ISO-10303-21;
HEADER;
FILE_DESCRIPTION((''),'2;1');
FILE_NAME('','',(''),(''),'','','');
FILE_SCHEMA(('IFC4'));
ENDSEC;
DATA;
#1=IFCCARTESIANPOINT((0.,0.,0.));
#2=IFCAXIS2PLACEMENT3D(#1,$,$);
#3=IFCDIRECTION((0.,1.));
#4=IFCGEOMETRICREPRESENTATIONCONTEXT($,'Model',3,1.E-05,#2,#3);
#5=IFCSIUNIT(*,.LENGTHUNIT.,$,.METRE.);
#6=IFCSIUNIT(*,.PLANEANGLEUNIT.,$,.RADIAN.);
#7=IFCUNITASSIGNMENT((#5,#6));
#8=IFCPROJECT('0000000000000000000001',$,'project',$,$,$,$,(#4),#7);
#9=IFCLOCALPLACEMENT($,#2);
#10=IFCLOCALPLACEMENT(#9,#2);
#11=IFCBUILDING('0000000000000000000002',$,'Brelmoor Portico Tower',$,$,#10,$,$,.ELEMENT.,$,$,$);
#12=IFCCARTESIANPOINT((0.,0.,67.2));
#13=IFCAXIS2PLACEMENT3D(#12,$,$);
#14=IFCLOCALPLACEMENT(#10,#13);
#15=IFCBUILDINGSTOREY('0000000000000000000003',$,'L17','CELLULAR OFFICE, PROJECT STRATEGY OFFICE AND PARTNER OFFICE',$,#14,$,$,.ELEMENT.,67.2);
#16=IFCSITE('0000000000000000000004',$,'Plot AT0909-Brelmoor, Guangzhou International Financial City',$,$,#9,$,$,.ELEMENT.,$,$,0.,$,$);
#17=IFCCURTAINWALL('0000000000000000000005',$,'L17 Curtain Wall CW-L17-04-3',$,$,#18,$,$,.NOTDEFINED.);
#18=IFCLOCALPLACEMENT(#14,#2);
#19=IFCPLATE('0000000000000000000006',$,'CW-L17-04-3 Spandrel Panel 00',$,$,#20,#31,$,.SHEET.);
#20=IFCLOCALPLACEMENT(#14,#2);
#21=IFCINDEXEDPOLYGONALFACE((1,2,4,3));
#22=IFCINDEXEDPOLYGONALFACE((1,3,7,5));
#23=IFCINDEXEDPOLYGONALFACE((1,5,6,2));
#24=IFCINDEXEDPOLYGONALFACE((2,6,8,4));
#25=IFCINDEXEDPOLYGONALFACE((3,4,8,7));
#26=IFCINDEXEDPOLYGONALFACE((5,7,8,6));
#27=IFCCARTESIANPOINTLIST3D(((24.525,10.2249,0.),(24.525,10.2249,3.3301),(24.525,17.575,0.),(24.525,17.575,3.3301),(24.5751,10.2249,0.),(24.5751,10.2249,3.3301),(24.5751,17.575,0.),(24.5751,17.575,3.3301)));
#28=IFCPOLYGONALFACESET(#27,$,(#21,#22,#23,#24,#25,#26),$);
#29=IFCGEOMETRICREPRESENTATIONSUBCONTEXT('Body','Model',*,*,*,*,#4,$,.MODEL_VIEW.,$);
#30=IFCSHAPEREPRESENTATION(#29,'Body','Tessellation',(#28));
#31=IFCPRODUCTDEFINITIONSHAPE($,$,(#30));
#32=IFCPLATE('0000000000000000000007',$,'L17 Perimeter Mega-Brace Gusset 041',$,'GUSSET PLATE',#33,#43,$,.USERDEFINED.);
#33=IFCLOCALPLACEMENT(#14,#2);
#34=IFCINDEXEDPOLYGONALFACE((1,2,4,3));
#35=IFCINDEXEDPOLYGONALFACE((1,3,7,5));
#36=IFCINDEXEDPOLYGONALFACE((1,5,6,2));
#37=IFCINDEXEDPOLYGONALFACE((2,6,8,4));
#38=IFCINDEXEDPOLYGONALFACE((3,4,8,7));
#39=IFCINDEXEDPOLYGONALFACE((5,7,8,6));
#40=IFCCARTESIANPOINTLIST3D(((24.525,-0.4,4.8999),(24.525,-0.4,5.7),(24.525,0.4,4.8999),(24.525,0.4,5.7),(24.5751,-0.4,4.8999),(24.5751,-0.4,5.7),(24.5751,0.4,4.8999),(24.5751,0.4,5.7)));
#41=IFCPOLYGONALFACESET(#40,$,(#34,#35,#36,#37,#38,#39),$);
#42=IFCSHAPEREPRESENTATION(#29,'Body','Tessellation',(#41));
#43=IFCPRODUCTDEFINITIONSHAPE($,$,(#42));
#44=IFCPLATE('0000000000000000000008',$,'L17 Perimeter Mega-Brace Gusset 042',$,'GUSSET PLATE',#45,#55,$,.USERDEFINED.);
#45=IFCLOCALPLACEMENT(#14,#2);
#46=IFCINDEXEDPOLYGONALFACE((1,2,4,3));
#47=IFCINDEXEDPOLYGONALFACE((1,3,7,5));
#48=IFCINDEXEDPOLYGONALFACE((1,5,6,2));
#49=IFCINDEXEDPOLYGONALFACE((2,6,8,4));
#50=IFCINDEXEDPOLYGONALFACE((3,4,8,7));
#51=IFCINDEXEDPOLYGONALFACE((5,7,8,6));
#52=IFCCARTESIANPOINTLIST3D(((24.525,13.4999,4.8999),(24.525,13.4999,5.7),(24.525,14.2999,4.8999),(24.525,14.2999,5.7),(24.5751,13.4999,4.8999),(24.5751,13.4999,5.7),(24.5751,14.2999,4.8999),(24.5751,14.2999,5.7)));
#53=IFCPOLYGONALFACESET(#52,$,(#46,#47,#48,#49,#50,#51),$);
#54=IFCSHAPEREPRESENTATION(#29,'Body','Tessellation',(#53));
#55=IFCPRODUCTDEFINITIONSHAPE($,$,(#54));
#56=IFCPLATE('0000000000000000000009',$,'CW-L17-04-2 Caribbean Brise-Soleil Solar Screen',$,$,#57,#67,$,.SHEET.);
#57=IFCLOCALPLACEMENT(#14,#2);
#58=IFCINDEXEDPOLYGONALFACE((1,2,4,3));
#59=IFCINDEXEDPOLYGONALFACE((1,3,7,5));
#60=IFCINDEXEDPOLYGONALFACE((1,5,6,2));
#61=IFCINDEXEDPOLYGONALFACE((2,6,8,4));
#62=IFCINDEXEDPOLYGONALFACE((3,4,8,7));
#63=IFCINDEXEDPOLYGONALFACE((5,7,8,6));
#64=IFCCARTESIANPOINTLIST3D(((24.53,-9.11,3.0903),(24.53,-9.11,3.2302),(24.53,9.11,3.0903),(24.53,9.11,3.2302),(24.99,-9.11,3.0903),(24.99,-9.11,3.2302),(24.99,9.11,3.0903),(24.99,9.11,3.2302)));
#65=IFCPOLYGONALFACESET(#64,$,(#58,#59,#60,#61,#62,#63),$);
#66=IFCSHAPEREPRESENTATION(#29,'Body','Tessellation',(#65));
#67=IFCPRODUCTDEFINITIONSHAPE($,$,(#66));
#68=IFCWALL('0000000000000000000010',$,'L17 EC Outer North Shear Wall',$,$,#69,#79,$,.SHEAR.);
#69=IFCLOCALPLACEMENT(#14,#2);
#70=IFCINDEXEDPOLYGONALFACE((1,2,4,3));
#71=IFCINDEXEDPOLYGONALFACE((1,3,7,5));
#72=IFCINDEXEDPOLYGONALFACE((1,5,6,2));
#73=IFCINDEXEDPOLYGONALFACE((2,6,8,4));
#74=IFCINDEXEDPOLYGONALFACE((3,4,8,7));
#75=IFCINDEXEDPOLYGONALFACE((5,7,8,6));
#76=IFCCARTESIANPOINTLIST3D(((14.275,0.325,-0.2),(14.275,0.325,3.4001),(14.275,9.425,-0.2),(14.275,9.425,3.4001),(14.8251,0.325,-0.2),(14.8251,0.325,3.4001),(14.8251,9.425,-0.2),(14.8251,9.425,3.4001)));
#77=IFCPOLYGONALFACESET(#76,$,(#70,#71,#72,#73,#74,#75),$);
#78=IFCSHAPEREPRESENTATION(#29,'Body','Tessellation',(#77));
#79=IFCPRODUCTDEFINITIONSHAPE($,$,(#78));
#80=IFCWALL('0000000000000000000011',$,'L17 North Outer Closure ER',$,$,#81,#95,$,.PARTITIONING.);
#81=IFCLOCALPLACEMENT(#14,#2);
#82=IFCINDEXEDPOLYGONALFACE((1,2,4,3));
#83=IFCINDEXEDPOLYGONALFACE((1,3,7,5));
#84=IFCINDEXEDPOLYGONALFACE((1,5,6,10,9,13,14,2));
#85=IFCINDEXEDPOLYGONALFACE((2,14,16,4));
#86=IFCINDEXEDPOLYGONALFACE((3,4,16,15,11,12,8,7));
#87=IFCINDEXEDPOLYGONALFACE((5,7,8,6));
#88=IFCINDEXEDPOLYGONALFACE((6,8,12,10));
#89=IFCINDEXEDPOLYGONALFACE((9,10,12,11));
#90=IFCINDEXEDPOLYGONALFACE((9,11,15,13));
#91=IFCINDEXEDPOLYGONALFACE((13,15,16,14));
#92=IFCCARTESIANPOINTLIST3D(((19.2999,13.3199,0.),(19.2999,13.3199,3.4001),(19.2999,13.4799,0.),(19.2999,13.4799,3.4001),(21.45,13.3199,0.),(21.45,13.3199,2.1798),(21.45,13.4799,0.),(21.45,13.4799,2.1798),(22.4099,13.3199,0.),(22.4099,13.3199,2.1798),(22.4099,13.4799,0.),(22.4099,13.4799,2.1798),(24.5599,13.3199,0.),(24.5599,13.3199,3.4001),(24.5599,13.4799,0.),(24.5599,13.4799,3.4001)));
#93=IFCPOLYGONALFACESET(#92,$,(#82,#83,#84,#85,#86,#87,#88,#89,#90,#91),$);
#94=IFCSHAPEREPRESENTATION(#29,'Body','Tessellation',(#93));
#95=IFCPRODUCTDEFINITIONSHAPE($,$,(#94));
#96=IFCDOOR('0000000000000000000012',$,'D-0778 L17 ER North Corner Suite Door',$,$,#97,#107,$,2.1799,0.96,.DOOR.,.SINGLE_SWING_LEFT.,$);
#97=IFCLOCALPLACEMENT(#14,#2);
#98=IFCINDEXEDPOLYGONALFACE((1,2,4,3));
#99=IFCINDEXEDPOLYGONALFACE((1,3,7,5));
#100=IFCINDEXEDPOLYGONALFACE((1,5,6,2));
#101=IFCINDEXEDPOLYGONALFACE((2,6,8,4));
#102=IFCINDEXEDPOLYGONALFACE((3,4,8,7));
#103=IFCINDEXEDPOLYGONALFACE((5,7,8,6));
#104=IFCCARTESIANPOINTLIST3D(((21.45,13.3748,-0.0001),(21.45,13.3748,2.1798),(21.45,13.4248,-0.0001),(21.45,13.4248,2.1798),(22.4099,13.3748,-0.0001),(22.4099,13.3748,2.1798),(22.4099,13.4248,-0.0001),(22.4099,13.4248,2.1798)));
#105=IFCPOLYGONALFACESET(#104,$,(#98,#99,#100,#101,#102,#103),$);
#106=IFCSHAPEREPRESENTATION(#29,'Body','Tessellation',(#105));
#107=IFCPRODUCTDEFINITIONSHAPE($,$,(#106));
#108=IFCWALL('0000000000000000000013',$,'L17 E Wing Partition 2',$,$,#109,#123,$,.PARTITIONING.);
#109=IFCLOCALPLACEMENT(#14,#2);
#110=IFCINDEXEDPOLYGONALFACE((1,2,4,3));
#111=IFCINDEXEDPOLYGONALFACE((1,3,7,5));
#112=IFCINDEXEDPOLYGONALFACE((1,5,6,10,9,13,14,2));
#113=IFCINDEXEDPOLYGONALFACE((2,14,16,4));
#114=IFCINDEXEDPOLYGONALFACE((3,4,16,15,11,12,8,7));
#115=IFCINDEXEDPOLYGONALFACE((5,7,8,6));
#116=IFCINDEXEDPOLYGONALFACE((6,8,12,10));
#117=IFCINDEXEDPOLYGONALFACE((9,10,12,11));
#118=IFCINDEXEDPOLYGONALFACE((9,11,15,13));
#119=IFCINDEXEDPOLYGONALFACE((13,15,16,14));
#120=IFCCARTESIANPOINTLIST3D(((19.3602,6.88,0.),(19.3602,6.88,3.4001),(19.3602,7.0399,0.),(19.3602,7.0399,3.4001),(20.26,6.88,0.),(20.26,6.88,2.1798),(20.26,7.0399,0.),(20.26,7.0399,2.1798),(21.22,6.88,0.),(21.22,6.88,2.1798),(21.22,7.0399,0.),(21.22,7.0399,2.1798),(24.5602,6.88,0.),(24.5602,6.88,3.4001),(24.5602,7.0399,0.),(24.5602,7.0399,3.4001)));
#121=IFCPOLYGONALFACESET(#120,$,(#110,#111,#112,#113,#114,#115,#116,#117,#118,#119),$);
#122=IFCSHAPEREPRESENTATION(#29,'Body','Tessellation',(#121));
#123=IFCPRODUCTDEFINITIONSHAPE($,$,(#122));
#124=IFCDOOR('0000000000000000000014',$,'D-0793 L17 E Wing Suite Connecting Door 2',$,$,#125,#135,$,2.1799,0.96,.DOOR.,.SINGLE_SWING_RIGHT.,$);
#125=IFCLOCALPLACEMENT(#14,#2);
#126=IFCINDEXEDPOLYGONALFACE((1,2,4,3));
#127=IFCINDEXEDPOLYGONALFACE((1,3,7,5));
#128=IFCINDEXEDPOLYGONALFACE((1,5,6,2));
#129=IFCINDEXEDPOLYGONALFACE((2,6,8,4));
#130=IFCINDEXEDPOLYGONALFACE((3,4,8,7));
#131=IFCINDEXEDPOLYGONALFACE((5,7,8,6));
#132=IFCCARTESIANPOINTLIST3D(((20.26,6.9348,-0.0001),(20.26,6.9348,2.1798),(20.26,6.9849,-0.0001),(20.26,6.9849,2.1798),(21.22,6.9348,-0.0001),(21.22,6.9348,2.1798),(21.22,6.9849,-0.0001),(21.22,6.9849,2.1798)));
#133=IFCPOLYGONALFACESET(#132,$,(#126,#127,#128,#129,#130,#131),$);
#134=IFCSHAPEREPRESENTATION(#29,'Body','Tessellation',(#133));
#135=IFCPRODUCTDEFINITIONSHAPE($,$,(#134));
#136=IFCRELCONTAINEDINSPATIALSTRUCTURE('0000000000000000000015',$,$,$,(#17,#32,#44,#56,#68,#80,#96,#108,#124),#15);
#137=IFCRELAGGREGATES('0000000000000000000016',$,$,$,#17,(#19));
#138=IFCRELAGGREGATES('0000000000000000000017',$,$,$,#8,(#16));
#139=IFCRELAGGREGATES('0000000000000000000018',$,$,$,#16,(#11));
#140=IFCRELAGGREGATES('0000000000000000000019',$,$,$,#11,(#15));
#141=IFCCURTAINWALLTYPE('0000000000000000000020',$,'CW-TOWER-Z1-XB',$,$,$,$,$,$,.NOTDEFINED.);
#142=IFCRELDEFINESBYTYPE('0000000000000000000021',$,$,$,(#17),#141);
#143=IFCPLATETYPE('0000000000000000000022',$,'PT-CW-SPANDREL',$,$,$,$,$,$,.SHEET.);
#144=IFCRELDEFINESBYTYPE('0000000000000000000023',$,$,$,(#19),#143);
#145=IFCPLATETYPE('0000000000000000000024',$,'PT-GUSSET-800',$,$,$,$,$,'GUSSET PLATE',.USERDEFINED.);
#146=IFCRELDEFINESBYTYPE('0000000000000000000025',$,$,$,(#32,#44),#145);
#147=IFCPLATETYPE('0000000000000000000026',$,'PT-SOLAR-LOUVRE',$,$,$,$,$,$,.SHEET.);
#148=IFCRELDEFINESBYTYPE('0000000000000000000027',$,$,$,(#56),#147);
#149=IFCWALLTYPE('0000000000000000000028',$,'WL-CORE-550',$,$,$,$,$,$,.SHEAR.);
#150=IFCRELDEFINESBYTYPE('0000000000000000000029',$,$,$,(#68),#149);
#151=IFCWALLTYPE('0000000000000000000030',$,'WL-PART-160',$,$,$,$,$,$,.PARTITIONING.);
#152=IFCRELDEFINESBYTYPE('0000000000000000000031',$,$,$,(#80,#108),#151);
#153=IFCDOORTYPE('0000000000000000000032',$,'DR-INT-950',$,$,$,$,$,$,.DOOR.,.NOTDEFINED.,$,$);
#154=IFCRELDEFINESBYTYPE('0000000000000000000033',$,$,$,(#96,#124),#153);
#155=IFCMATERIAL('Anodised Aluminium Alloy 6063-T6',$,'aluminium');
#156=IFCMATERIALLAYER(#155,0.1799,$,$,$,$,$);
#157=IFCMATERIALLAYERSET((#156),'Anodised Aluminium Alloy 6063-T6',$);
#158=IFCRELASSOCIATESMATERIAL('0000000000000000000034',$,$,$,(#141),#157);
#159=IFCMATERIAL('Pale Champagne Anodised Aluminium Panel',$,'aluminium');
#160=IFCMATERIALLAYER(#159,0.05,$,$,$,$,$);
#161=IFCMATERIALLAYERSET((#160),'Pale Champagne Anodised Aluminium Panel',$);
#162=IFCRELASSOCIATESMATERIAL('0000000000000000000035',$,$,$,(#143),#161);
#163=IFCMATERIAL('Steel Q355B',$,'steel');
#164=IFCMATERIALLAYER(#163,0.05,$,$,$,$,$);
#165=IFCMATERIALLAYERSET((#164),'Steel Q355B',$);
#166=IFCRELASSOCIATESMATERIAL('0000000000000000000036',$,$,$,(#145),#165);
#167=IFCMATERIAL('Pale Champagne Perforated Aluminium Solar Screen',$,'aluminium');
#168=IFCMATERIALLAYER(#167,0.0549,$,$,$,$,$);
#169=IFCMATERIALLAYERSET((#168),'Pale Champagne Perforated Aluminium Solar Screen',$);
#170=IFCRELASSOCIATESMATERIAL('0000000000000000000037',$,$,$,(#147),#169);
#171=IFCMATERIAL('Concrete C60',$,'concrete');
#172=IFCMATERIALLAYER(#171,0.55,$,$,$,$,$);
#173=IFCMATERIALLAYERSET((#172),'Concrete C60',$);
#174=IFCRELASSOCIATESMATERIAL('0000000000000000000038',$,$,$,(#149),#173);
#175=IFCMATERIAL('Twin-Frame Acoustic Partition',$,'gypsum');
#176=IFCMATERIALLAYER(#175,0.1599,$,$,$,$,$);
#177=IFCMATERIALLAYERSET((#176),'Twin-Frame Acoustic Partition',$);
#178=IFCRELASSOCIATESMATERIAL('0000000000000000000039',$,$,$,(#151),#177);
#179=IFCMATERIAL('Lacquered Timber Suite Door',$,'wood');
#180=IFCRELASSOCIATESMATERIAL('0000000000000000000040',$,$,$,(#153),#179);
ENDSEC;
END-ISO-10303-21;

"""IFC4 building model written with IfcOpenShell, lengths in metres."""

from ifc_helpers import new_model, si_unit, direction, frame, frame_2d, origin, origin_2d, place, context, subcontext, project, spatial, rectangle, extrude, material, layer, layer_set, type_object, element, fill, aggregate, save


model = new_model("IFC4")

# Units and contexts
model_context = context("Model", 3, precision=1e-05, world=origin(), true_north=direction((0.0, 1.0)))
body_context = subcontext(model_context, "Body", "Model", "MODEL_VIEW")
ifc_project = project(units=[si_unit("LENGTHUNIT", "METRE"), si_unit("PLANEANGLEUNIT", "RADIAN")], contexts=[model_context])

# Site, building, storey
site_placement = place(None, origin())
site = spatial("IfcSite", under=ifc_project, at=site_placement, Name="Plot AT0909-Brelmoor, Guangzhou International Financial City", CompositionType="ELEMENT", RefElevation=0.0)
building_placement = place(site_placement, origin())
building = spatial("IfcBuilding", under=site, at=building_placement, Name="Brelmoor Portico Tower", CompositionType="ELEMENT")
storey_placement = place(building_placement, frame((0.0, 0.0, 67.2)))
storey = spatial("IfcBuildingStorey", under=building, at=storey_placement, Name="L17", Description="CELLULAR OFFICE, PROJECT STRATEGY OFFICE AND PARTNER OFFICE", CompositionType="ELEMENT", Elevation=67.2)

# Shared definitions
ifc_material_1 = material(Name="Steel Q355B", Category="steel")

# Shared definitions
ifc_material_2 = material(Name="Anodised Aluminium Alloy 6063-T6", Category="aluminium")
ifc_layer_1 = layer(ifc_material_2, 0.1799)
ifc_layer_set_1 = layer_set([ifc_layer_1], Name="Anodised Aluminium Alloy 6063-T6")
curtain_wall_type = type_object("IfcCurtainWallType", Name="CW-TOWER-Z1-XB", PredefinedType="NOTDEFINED", material=ifc_layer_set_1)

# Curtain wall
curtain_wall_1_placement = place(storey_placement, origin())
curtain_wall_1 = element("IfcCurtainWall", 1, at=curtain_wall_1_placement, inside=storey, type_object=curtain_wall_type, Name="L17 Curtain Wall CW-L17-04-3", PredefinedType="NOTDEFINED")

# Plate
ifc_material_3 = material(Name="Pale Champagne Anodised Aluminium Panel", Category="aluminium")
ifc_layer_2 = layer(ifc_material_3, 0.05)
ifc_layer_set_2 = layer_set([ifc_layer_2], Name="Pale Champagne Anodised Aluminium Panel")
plate_type_1 = type_object("IfcPlateType", Name="PT-CW-SPANDREL", PredefinedType="SHEET", material=ifc_layer_set_2)
plate_1_placement = place(storey_placement, frame((24.55, 13.8999, 0.0), z_axis=(0.0, 0.0, 1.0), x_axis=(0.0, 1.0, 0.0)))
plate_1 = element("IfcPlate", 2, at=plate_1_placement, type_object=plate_type_1, Name="CW-L17-04-3 Spandrel Panel 00", PredefinedType="SHEET", context=body_context, shape_type="SweptSolid", body=[
    extrude(rectangle(XDim=7.3501, YDim=0.05, at=origin_2d()), origin(), (0.0, 0.0, 1.0), 3.3301),
])
aggregate(curtain_wall_1, [plate_1])

# Plates
ifc_layer_3 = layer(ifc_material_1, 0.05)
ifc_layer_set_3 = layer_set([ifc_layer_3], Name="Steel Q355B")
plate_type_2 = type_object("IfcPlateType", Name="PT-GUSSET-800", ElementType="GUSSET PLATE", PredefinedType="USERDEFINED", material=ifc_layer_set_3)
for number, where, z_axis, x_axis, name in (
    (3, (24.55, 0.0, 4.8999), (0.0, 0.0, 1.0), (1.0, 0.0, 0.0), "L17 Perimeter Mega-Brace Gusset 041"),
    (4, (24.55, 13.8999, 4.8999), (0.0, 0.0, 1.0), (1.0, 0.0, 0.0), "L17 Perimeter Mega-Brace Gusset 042"),
):
    element("IfcPlate", number, at=place(storey_placement, frame(where, z_axis=z_axis, x_axis=x_axis)), inside=storey, type_object=plate_type_2, Name=name, ObjectType="GUSSET PLATE", PredefinedType="USERDEFINED", context=body_context, shape_type="SweptSolid", body=[
        extrude(rectangle(XDim=0.05, YDim=0.8, at=origin_2d()), origin(), (0.0, 0.0, 1.0), 0.8),
    ])
ifc_material_4 = material(Name="Pale Champagne Perforated Aluminium Solar Screen", Category="aluminium")
ifc_layer_4 = layer(ifc_material_4, 0.0549)
ifc_layer_set_4 = layer_set([ifc_layer_4], Name="Pale Champagne Perforated Aluminium Solar Screen")
plate_type_3 = type_object("IfcPlateType", Name="PT-SOLAR-LOUVRE", PredefinedType="SHEET", material=ifc_layer_set_4)
plate_2_placement = place(storey_placement, frame((24.76, 0.0, 3.0903), z_axis=(0.0, 0.0, 1.0), x_axis=(0.0, 1.0, 0.0)))
element("IfcPlate", 5, at=plate_2_placement, inside=storey, type_object=plate_type_3, Name="CW-L17-04-2 Caribbean Brise-Soleil Solar Screen", PredefinedType="SHEET", context=body_context, shape_type="SweptSolid", body=[
    extrude(rectangle(XDim=18.22, YDim=0.46, at=origin_2d()), origin(), (0.0, 0.0, 1.0), 0.1399),
])

# Wall
ifc_material_5 = material(Name="Concrete C60", Category="concrete")
ifc_layer_5 = layer(ifc_material_5, 0.55)
ifc_layer_set_5 = layer_set([ifc_layer_5], Name="Concrete C60")
wall_type_1 = type_object("IfcWallType", Name="WL-CORE-550", PredefinedType="SHEAR", material=ifc_layer_set_5)
wall_1_placement = place(storey_placement, frame((14.55, 0.325, -0.2), z_axis=(0.0, 0.0, 1.0), x_axis=(0.0, 1.0, 0.0)))
element("IfcWall", 6, at=wall_1_placement, inside=storey, type_object=wall_type_1, Name="L17 EC Outer North Shear Wall", PredefinedType="SHEAR", context=body_context, shape_type="SweptSolid", body=[
    extrude(rectangle(XDim=9.1001, YDim=0.55, at=frame_2d((4.55, 0.0))), origin(), (0.0, 0.0, 1.0), 3.6001),
])

# Walls, openings, doors
ifc_material_6 = material(Name="Twin-Frame Acoustic Partition", Category="gypsum")
ifc_layer_6 = layer(ifc_material_6, 0.1599)
ifc_layer_set_6 = layer_set([ifc_layer_6], Name="Twin-Frame Acoustic Partition")
wall_type_2 = type_object("IfcWallType", Name="WL-PART-160", PredefinedType="PARTITIONING", material=ifc_layer_set_6)
wall_2_placement = place(storey_placement, frame((19.3, 13.3999, 0.0), z_axis=(0.0, 0.0, 1.0), x_axis=(1.0, 0.0, 0.0)))
wall_2 = element("IfcWall", 7, at=wall_2_placement, inside=storey, type_object=wall_type_2, Name="L17 North Outer Closure ER", PredefinedType="PARTITIONING", context=body_context, shape_type="SweptSolid", body=[
    extrude(rectangle(XDim=5.26, YDim=0.1599, at=frame_2d((2.6299, 0.0))), origin(), (0.0, 0.0, 1.0), 3.4001),
])
opening_1_placement = place(wall_2_placement, frame((2.1499, 0.0, 0.0)))
opening_1 = element("IfcOpeningElement", 8, at=opening_1_placement, cuts=wall_2, PredefinedType="OPENING", context=body_context, shape_type="SweptSolid", body=[
    extrude(rectangle(XDim=0.96, YDim=2.1799, at=frame_2d((0.48, 1.0898))), frame((0.0, 0.0898, 0.0), z_axis=(0.0, -1.0, 0.0), x_axis=(1.0, 0.0, 0.0)), (0.0, 0.0, 1.0), 0.1799),
])
ifc_material_7 = material(Name="Lacquered Timber Suite Door", Category="wood")
door_type = type_object("IfcDoorType", Name="DR-INT-950", OperationType="NOTDEFINED", PredefinedType="DOOR", material=ifc_material_7)
door_1_placement = place(opening_1_placement, origin())
door_1 = element("IfcDoor", 9, at=door_1_placement, inside=storey, type_object=door_type, Name="D-0778 L17 ER North Corner Suite Door", OperationType="SINGLE_SWING_LEFT", OverallHeight=2.1799, OverallWidth=0.96, PredefinedType="DOOR", context=body_context, shape_type="SweptSolid", body=[
    extrude(rectangle(XDim=0.96, YDim=2.1799, at=frame_2d((0.48, 1.0898))), frame((0.0, 0.0249, 0.0), z_axis=(0.0, -1.0, 0.0), x_axis=(1.0, 0.0, 0.0)), (0.0, 0.0, 1.0), 0.05),
])
fill(opening_1, door_1)
wall_3_placement = place(storey_placement, frame((19.3601, 6.96, 0.0), z_axis=(0.0, 0.0, 1.0), x_axis=(1.0, 0.0, 0.0)))
wall_3 = element("IfcWall", 10, at=wall_3_placement, inside=storey, type_object=wall_type_2, Name="L17 E Wing Partition 2", PredefinedType="PARTITIONING", context=body_context, shape_type="SweptSolid", body=[
    extrude(rectangle(XDim=5.2, YDim=0.1599, at=frame_2d((2.6001, 0.0))), origin(), (0.0, 0.0, 1.0), 3.4001),
])
opening_2_placement = place(wall_3_placement, frame((0.8999, 0.0, 0.0)))
opening_2 = element("IfcOpeningElement", 11, at=opening_2_placement, cuts=wall_3, PredefinedType="OPENING", context=body_context, shape_type="SweptSolid", body=[
    extrude(rectangle(XDim=0.96, YDim=2.1799, at=frame_2d((0.48, 1.0898))), frame((0.0, 0.0898, 0.0), z_axis=(0.0, -1.0, 0.0), x_axis=(1.0, 0.0, 0.0)), (0.0, 0.0, 1.0), 0.1799),
])
door_2_placement = place(opening_2_placement, origin())
door_2 = element("IfcDoor", 12, at=door_2_placement, inside=storey, type_object=door_type, Name="D-0793 L17 E Wing Suite Connecting Door 2", OperationType="SINGLE_SWING_RIGHT", OverallHeight=2.1799, OverallWidth=0.96, PredefinedType="DOOR", context=body_context, shape_type="SweptSolid", body=[
    extrude(rectangle(XDim=0.96, YDim=2.1799, at=frame_2d((0.48, 1.0898))), frame((0.0, 0.0249, 0.0), z_axis=(0.0, -1.0, 0.0), x_axis=(1.0, 0.0, 0.0)), (0.0, 0.0, 1.0), 0.05),
])
fill(opening_2, door_2)

save(model, "model.ifc")
